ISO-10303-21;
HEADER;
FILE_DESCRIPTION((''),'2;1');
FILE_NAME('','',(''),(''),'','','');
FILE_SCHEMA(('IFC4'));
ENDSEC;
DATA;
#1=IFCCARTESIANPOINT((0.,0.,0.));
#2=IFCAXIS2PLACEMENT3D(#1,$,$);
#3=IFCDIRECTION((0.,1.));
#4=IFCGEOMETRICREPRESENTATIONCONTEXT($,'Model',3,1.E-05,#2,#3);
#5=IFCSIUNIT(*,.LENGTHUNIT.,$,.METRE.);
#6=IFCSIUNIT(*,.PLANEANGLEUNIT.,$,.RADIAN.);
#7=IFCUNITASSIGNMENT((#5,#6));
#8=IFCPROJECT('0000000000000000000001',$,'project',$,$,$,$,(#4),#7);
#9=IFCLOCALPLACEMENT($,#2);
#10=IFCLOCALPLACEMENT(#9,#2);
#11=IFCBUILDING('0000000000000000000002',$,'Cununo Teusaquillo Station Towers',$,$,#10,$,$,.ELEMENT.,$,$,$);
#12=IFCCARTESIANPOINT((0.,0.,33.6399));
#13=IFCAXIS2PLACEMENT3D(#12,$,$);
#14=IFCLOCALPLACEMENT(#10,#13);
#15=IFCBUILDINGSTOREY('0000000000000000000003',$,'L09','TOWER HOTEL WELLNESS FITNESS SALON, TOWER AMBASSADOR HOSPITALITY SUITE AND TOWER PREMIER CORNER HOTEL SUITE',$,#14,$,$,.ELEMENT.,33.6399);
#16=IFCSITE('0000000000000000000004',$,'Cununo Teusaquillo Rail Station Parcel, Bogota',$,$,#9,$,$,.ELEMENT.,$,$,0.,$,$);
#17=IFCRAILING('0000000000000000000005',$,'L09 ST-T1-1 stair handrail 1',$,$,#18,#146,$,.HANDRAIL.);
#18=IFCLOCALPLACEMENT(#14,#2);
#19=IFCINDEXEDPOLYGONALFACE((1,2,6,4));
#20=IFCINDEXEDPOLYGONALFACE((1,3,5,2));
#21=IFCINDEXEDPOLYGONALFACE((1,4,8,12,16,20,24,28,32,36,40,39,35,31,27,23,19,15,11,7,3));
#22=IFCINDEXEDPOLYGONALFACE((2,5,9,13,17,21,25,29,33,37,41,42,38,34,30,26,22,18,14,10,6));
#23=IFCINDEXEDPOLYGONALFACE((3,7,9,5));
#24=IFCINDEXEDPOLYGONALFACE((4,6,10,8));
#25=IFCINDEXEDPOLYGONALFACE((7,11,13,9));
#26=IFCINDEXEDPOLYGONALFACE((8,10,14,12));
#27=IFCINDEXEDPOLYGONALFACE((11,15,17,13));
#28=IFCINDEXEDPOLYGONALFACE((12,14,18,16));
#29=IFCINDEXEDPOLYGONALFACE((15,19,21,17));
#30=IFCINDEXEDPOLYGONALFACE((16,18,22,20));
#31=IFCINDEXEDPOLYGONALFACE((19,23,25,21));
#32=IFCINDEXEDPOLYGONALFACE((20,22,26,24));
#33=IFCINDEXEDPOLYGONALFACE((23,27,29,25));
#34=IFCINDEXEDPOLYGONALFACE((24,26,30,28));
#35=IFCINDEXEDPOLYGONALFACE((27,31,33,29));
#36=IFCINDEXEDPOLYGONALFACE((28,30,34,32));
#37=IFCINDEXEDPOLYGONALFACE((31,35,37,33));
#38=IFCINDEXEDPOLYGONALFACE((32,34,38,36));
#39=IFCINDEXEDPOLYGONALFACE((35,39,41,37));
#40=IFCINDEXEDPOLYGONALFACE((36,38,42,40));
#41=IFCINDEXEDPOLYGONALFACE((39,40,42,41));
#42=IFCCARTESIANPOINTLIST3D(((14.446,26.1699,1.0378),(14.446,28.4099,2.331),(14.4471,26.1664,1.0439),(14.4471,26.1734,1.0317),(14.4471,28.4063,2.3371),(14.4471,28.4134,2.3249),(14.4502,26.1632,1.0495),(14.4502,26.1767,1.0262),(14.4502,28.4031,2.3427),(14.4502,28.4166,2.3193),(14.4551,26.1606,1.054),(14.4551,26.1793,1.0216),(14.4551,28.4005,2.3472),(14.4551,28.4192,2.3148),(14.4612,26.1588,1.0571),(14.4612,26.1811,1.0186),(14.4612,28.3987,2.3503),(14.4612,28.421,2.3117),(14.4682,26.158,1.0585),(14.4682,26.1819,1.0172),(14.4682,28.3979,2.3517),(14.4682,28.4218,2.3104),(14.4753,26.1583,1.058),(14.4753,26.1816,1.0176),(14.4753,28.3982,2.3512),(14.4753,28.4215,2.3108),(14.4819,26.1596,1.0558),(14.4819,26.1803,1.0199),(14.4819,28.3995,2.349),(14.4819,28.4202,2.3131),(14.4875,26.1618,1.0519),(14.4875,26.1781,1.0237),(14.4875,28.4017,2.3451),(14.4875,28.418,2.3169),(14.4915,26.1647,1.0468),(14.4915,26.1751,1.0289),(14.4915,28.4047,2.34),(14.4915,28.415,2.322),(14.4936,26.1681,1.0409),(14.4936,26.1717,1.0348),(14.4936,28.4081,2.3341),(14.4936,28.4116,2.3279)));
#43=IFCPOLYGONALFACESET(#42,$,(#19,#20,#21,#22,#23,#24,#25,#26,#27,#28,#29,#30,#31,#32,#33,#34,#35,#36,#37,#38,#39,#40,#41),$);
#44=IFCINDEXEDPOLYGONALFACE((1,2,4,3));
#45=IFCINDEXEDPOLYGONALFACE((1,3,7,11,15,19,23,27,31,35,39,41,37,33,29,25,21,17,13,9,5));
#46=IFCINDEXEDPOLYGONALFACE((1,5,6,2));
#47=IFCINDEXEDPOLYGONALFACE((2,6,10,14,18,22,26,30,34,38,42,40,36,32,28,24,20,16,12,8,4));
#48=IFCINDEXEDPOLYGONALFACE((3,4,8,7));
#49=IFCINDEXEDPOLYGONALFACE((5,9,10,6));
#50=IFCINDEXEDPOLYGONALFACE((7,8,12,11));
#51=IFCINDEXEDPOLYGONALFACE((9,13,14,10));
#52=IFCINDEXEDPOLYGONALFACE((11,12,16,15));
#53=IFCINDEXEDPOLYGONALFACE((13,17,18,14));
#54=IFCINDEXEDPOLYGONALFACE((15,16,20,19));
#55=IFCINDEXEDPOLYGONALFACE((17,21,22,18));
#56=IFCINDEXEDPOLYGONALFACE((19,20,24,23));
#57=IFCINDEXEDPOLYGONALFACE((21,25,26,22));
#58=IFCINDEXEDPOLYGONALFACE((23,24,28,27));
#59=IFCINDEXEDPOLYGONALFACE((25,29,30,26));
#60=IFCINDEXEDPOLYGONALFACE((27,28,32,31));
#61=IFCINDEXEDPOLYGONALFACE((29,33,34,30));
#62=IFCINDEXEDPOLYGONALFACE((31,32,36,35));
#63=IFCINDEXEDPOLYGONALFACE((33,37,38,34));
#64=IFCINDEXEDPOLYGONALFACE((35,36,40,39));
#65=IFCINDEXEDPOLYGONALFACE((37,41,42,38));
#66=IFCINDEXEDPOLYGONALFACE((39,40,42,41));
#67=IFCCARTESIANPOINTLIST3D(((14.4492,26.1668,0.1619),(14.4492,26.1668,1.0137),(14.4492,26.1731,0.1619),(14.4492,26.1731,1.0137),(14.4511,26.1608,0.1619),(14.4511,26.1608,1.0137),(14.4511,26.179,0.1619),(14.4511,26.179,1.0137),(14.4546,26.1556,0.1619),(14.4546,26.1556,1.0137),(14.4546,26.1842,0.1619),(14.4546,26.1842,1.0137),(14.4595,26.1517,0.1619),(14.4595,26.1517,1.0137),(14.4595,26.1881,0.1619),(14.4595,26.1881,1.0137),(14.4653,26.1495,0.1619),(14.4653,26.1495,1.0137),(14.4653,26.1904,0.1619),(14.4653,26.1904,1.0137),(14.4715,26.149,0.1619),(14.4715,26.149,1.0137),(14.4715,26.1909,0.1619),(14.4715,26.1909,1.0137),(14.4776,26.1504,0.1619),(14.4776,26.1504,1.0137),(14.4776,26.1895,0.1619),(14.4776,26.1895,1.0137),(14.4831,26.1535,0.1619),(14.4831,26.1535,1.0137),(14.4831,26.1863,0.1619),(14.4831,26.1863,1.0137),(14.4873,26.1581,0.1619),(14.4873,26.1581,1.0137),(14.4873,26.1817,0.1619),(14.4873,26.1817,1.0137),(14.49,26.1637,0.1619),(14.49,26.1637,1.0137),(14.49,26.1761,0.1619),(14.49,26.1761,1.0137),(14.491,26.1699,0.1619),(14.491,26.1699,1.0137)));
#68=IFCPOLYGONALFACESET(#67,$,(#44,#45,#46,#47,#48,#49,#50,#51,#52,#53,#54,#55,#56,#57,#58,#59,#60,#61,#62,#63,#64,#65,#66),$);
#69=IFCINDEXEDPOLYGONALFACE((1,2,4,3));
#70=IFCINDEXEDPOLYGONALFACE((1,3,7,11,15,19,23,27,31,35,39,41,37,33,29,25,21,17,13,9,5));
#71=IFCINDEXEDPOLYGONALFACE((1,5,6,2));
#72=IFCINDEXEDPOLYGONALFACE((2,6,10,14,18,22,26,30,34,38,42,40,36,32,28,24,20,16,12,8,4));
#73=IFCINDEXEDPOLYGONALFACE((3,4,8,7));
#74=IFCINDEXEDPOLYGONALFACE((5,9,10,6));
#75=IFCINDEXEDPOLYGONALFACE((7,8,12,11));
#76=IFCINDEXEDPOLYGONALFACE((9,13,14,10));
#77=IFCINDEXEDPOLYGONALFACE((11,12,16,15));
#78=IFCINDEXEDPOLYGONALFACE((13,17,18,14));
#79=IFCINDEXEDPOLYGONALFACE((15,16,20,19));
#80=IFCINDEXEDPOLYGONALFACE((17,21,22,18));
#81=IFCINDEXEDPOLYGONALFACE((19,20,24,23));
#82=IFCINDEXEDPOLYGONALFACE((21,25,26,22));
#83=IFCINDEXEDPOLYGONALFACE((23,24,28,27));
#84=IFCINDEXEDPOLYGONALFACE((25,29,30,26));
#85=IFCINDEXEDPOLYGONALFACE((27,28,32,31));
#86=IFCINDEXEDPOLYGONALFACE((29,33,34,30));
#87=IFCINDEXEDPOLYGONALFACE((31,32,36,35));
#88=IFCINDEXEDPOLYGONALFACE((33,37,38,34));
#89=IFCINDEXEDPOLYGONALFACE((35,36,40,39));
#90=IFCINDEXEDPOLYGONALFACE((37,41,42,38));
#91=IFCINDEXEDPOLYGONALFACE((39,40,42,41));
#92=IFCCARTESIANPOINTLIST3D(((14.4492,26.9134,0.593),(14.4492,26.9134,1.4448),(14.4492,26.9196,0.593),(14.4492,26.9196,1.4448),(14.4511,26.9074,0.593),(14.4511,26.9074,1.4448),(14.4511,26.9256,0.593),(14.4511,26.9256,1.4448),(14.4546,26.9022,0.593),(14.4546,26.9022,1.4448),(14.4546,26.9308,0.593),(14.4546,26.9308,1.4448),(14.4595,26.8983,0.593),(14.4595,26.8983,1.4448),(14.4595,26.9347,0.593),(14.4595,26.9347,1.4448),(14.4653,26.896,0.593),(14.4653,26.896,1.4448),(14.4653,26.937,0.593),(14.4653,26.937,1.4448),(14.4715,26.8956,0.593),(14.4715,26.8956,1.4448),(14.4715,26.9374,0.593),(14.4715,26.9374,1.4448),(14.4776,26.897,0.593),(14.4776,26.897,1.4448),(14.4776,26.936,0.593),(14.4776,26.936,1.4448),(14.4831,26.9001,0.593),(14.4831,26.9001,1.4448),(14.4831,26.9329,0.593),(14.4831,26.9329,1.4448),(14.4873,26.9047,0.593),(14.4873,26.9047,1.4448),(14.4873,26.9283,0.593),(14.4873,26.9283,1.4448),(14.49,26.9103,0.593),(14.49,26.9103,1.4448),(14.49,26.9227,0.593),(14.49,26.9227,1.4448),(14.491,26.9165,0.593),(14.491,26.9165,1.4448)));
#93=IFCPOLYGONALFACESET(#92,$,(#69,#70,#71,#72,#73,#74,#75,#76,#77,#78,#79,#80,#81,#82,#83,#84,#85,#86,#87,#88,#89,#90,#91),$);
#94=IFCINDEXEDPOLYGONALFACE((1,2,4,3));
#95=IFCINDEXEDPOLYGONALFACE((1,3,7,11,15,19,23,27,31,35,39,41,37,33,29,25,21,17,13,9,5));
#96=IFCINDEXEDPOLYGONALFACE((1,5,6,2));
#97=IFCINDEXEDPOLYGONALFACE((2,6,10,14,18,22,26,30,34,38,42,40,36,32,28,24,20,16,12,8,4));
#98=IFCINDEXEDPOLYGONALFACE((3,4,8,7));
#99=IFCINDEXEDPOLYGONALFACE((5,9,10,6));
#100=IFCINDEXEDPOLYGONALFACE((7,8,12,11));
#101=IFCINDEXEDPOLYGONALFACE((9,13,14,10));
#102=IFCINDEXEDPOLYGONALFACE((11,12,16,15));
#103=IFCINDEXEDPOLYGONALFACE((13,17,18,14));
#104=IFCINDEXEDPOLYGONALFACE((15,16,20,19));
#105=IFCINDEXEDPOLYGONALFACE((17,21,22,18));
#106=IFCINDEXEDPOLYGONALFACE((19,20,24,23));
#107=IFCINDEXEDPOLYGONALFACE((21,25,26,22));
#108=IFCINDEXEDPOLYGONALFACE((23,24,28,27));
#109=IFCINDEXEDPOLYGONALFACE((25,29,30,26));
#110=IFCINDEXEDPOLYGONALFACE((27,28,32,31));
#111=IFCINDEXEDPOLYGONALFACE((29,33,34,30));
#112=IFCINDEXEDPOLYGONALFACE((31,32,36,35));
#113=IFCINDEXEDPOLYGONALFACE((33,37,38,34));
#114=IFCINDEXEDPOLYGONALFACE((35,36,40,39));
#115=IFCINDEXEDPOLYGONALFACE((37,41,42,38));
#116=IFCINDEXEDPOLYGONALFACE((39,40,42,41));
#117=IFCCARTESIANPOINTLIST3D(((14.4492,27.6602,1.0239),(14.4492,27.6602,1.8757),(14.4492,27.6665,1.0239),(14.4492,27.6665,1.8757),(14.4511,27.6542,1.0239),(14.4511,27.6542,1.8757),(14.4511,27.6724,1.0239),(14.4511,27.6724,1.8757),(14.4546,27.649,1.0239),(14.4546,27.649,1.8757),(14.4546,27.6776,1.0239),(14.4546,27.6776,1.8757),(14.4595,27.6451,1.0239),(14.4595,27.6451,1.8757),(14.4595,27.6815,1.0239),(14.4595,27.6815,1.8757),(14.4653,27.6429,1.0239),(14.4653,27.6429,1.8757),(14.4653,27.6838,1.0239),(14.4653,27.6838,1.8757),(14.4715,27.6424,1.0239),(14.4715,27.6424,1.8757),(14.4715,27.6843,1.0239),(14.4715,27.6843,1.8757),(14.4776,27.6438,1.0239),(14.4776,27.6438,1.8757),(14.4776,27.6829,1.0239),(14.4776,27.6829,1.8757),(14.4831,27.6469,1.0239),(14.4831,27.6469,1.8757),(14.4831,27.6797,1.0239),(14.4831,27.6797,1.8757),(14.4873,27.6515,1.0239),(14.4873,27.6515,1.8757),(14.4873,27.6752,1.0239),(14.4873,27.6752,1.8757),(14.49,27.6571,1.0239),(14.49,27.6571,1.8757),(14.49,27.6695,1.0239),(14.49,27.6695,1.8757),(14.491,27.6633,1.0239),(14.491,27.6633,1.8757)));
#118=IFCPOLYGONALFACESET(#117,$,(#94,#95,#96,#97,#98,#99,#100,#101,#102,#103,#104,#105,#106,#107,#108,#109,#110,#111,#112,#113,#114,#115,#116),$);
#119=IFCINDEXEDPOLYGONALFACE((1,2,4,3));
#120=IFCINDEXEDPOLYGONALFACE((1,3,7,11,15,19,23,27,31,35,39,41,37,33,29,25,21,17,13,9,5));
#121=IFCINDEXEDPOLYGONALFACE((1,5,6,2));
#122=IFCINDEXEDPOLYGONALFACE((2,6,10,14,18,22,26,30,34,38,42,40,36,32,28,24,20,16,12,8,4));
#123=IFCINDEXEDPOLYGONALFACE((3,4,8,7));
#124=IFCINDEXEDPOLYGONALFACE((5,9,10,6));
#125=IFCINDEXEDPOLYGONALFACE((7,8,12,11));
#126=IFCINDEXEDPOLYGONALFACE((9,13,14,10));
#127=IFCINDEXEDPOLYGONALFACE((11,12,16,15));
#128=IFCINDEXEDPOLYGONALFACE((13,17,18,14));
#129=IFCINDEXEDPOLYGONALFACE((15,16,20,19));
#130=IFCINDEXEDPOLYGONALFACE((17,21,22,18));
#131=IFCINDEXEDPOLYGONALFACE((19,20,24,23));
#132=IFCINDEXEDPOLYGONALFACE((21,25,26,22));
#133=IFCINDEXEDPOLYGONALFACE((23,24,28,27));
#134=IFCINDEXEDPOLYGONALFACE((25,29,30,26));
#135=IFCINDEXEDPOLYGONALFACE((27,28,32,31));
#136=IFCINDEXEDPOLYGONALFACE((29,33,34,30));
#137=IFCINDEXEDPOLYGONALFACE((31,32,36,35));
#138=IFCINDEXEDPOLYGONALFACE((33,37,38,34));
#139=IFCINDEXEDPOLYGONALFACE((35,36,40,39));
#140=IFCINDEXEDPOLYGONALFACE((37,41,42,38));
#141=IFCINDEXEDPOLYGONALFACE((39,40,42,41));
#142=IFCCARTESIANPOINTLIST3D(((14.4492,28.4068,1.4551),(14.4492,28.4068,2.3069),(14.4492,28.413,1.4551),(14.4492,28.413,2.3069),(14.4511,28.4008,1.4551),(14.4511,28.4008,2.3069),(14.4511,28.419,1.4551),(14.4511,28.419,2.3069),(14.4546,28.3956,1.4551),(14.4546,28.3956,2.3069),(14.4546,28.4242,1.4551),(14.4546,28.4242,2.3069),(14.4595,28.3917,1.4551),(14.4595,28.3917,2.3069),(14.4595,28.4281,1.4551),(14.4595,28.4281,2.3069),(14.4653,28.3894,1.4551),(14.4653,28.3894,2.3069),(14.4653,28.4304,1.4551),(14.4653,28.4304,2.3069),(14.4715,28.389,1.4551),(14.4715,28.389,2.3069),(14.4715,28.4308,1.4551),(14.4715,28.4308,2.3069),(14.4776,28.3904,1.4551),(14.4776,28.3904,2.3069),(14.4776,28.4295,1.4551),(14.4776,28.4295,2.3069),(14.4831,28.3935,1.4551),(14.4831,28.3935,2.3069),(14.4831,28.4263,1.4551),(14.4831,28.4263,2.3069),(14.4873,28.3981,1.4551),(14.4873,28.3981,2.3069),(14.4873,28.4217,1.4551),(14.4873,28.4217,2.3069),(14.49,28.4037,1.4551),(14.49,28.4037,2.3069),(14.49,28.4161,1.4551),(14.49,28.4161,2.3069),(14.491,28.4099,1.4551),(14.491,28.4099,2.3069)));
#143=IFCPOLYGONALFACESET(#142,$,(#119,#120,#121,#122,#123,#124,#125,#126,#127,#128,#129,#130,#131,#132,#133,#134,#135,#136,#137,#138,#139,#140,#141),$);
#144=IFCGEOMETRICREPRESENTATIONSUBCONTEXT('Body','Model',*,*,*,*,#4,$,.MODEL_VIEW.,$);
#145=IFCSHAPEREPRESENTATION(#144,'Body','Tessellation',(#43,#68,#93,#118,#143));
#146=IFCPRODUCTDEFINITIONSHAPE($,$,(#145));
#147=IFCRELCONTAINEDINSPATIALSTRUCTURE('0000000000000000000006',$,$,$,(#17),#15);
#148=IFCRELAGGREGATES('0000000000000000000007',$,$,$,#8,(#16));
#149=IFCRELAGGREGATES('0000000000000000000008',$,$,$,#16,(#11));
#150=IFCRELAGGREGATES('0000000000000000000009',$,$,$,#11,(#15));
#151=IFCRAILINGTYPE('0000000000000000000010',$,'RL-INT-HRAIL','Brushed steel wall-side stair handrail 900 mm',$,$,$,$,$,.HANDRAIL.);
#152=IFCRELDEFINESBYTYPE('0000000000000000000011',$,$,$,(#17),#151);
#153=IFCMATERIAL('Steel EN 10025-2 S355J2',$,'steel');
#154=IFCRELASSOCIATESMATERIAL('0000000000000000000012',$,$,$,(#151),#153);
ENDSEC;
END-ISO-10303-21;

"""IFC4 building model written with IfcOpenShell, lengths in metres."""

from ifc_helpers import new_model, si_unit, direction, frame, origin, origin_2d, place, context, subcontext, project, spatial, circle, extrude, material, type_object, element, save


model = new_model("IFC4")

# Units and contexts
model_context = context("Model", 3, precision=1e-05, world=origin(), true_north=direction((0.0, 1.0)))
body_context = subcontext(model_context, "Body", "Model", "MODEL_VIEW")
ifc_project = project(units=[si_unit("LENGTHUNIT", "METRE"), si_unit("PLANEANGLEUNIT", "RADIAN")], contexts=[model_context])

# Site, building, storey
site_placement = place(None, origin())
site = spatial("IfcSite", under=ifc_project, at=site_placement, Name="Cununo Teusaquillo Rail Station Parcel, Bogota", CompositionType="ELEMENT", RefElevation=0.0)
building_placement = place(site_placement, origin())
building = spatial("IfcBuilding", under=site, at=building_placement, Name="Cununo Teusaquillo Station Towers", CompositionType="ELEMENT")
storey_placement = place(building_placement, frame((0.0, 0.0, 33.6399)))
storey = spatial("IfcBuildingStorey", under=building, at=storey_placement, Name="L09", Description="TOWER HOTEL WELLNESS FITNESS SALON, TOWER AMBASSADOR HOSPITALITY SUITE AND TOWER PREMIER CORNER HOTEL SUITE", CompositionType="ELEMENT", Elevation=33.6399)

# Railing
ifc_material_1 = material(Name="Steel EN 10025-2 S355J2", Category="steel")
railing_type_1 = type_object("IfcRailingType", Name="RL-INT-HRAIL", Description="Brushed steel wall-side stair handrail 900 mm", PredefinedType="HANDRAIL", material=ifc_material_1)
railing_1_placement = place(storey_placement, frame((14.47, 26.1699, 0.1619)))
element("IfcRailing", 1, at=railing_1_placement, inside=storey, type_object=railing_type_1, Name="L09 ST-T1-1 stair handrail 1", PredefinedType="HANDRAIL", context=body_context, shape_type="SweptSolid", body=[
    extrude(circle(Radius=0.0239, at=origin_2d()), frame((0.0, 0.0, 0.876), z_axis=(0.0, 0.866033, 0.499987), x_axis=(-1.0, 0.0, 0.0)), (0.0, 0.0, 1.0), 2.5864),
    extrude(circle(Radius=0.021, at=origin_2d()), origin(), (0.0, 0.0, 1.0), 0.8518),
    extrude(circle(Radius=0.021, at=origin_2d()), frame((0.0, 0.7466, 0.4312)), (0.0, 0.0, 1.0), 0.8518),
    extrude(circle(Radius=0.021, at=origin_2d()), frame((0.0, 1.4934, 0.8621)), (0.0, 0.0, 1.0), 0.8518),
    extrude(circle(Radius=0.021, at=origin_2d()), frame((0.0, 2.24, 1.2932)), (0.0, 0.0, 1.0), 0.8518),
])

save(model, "model.ifc")
